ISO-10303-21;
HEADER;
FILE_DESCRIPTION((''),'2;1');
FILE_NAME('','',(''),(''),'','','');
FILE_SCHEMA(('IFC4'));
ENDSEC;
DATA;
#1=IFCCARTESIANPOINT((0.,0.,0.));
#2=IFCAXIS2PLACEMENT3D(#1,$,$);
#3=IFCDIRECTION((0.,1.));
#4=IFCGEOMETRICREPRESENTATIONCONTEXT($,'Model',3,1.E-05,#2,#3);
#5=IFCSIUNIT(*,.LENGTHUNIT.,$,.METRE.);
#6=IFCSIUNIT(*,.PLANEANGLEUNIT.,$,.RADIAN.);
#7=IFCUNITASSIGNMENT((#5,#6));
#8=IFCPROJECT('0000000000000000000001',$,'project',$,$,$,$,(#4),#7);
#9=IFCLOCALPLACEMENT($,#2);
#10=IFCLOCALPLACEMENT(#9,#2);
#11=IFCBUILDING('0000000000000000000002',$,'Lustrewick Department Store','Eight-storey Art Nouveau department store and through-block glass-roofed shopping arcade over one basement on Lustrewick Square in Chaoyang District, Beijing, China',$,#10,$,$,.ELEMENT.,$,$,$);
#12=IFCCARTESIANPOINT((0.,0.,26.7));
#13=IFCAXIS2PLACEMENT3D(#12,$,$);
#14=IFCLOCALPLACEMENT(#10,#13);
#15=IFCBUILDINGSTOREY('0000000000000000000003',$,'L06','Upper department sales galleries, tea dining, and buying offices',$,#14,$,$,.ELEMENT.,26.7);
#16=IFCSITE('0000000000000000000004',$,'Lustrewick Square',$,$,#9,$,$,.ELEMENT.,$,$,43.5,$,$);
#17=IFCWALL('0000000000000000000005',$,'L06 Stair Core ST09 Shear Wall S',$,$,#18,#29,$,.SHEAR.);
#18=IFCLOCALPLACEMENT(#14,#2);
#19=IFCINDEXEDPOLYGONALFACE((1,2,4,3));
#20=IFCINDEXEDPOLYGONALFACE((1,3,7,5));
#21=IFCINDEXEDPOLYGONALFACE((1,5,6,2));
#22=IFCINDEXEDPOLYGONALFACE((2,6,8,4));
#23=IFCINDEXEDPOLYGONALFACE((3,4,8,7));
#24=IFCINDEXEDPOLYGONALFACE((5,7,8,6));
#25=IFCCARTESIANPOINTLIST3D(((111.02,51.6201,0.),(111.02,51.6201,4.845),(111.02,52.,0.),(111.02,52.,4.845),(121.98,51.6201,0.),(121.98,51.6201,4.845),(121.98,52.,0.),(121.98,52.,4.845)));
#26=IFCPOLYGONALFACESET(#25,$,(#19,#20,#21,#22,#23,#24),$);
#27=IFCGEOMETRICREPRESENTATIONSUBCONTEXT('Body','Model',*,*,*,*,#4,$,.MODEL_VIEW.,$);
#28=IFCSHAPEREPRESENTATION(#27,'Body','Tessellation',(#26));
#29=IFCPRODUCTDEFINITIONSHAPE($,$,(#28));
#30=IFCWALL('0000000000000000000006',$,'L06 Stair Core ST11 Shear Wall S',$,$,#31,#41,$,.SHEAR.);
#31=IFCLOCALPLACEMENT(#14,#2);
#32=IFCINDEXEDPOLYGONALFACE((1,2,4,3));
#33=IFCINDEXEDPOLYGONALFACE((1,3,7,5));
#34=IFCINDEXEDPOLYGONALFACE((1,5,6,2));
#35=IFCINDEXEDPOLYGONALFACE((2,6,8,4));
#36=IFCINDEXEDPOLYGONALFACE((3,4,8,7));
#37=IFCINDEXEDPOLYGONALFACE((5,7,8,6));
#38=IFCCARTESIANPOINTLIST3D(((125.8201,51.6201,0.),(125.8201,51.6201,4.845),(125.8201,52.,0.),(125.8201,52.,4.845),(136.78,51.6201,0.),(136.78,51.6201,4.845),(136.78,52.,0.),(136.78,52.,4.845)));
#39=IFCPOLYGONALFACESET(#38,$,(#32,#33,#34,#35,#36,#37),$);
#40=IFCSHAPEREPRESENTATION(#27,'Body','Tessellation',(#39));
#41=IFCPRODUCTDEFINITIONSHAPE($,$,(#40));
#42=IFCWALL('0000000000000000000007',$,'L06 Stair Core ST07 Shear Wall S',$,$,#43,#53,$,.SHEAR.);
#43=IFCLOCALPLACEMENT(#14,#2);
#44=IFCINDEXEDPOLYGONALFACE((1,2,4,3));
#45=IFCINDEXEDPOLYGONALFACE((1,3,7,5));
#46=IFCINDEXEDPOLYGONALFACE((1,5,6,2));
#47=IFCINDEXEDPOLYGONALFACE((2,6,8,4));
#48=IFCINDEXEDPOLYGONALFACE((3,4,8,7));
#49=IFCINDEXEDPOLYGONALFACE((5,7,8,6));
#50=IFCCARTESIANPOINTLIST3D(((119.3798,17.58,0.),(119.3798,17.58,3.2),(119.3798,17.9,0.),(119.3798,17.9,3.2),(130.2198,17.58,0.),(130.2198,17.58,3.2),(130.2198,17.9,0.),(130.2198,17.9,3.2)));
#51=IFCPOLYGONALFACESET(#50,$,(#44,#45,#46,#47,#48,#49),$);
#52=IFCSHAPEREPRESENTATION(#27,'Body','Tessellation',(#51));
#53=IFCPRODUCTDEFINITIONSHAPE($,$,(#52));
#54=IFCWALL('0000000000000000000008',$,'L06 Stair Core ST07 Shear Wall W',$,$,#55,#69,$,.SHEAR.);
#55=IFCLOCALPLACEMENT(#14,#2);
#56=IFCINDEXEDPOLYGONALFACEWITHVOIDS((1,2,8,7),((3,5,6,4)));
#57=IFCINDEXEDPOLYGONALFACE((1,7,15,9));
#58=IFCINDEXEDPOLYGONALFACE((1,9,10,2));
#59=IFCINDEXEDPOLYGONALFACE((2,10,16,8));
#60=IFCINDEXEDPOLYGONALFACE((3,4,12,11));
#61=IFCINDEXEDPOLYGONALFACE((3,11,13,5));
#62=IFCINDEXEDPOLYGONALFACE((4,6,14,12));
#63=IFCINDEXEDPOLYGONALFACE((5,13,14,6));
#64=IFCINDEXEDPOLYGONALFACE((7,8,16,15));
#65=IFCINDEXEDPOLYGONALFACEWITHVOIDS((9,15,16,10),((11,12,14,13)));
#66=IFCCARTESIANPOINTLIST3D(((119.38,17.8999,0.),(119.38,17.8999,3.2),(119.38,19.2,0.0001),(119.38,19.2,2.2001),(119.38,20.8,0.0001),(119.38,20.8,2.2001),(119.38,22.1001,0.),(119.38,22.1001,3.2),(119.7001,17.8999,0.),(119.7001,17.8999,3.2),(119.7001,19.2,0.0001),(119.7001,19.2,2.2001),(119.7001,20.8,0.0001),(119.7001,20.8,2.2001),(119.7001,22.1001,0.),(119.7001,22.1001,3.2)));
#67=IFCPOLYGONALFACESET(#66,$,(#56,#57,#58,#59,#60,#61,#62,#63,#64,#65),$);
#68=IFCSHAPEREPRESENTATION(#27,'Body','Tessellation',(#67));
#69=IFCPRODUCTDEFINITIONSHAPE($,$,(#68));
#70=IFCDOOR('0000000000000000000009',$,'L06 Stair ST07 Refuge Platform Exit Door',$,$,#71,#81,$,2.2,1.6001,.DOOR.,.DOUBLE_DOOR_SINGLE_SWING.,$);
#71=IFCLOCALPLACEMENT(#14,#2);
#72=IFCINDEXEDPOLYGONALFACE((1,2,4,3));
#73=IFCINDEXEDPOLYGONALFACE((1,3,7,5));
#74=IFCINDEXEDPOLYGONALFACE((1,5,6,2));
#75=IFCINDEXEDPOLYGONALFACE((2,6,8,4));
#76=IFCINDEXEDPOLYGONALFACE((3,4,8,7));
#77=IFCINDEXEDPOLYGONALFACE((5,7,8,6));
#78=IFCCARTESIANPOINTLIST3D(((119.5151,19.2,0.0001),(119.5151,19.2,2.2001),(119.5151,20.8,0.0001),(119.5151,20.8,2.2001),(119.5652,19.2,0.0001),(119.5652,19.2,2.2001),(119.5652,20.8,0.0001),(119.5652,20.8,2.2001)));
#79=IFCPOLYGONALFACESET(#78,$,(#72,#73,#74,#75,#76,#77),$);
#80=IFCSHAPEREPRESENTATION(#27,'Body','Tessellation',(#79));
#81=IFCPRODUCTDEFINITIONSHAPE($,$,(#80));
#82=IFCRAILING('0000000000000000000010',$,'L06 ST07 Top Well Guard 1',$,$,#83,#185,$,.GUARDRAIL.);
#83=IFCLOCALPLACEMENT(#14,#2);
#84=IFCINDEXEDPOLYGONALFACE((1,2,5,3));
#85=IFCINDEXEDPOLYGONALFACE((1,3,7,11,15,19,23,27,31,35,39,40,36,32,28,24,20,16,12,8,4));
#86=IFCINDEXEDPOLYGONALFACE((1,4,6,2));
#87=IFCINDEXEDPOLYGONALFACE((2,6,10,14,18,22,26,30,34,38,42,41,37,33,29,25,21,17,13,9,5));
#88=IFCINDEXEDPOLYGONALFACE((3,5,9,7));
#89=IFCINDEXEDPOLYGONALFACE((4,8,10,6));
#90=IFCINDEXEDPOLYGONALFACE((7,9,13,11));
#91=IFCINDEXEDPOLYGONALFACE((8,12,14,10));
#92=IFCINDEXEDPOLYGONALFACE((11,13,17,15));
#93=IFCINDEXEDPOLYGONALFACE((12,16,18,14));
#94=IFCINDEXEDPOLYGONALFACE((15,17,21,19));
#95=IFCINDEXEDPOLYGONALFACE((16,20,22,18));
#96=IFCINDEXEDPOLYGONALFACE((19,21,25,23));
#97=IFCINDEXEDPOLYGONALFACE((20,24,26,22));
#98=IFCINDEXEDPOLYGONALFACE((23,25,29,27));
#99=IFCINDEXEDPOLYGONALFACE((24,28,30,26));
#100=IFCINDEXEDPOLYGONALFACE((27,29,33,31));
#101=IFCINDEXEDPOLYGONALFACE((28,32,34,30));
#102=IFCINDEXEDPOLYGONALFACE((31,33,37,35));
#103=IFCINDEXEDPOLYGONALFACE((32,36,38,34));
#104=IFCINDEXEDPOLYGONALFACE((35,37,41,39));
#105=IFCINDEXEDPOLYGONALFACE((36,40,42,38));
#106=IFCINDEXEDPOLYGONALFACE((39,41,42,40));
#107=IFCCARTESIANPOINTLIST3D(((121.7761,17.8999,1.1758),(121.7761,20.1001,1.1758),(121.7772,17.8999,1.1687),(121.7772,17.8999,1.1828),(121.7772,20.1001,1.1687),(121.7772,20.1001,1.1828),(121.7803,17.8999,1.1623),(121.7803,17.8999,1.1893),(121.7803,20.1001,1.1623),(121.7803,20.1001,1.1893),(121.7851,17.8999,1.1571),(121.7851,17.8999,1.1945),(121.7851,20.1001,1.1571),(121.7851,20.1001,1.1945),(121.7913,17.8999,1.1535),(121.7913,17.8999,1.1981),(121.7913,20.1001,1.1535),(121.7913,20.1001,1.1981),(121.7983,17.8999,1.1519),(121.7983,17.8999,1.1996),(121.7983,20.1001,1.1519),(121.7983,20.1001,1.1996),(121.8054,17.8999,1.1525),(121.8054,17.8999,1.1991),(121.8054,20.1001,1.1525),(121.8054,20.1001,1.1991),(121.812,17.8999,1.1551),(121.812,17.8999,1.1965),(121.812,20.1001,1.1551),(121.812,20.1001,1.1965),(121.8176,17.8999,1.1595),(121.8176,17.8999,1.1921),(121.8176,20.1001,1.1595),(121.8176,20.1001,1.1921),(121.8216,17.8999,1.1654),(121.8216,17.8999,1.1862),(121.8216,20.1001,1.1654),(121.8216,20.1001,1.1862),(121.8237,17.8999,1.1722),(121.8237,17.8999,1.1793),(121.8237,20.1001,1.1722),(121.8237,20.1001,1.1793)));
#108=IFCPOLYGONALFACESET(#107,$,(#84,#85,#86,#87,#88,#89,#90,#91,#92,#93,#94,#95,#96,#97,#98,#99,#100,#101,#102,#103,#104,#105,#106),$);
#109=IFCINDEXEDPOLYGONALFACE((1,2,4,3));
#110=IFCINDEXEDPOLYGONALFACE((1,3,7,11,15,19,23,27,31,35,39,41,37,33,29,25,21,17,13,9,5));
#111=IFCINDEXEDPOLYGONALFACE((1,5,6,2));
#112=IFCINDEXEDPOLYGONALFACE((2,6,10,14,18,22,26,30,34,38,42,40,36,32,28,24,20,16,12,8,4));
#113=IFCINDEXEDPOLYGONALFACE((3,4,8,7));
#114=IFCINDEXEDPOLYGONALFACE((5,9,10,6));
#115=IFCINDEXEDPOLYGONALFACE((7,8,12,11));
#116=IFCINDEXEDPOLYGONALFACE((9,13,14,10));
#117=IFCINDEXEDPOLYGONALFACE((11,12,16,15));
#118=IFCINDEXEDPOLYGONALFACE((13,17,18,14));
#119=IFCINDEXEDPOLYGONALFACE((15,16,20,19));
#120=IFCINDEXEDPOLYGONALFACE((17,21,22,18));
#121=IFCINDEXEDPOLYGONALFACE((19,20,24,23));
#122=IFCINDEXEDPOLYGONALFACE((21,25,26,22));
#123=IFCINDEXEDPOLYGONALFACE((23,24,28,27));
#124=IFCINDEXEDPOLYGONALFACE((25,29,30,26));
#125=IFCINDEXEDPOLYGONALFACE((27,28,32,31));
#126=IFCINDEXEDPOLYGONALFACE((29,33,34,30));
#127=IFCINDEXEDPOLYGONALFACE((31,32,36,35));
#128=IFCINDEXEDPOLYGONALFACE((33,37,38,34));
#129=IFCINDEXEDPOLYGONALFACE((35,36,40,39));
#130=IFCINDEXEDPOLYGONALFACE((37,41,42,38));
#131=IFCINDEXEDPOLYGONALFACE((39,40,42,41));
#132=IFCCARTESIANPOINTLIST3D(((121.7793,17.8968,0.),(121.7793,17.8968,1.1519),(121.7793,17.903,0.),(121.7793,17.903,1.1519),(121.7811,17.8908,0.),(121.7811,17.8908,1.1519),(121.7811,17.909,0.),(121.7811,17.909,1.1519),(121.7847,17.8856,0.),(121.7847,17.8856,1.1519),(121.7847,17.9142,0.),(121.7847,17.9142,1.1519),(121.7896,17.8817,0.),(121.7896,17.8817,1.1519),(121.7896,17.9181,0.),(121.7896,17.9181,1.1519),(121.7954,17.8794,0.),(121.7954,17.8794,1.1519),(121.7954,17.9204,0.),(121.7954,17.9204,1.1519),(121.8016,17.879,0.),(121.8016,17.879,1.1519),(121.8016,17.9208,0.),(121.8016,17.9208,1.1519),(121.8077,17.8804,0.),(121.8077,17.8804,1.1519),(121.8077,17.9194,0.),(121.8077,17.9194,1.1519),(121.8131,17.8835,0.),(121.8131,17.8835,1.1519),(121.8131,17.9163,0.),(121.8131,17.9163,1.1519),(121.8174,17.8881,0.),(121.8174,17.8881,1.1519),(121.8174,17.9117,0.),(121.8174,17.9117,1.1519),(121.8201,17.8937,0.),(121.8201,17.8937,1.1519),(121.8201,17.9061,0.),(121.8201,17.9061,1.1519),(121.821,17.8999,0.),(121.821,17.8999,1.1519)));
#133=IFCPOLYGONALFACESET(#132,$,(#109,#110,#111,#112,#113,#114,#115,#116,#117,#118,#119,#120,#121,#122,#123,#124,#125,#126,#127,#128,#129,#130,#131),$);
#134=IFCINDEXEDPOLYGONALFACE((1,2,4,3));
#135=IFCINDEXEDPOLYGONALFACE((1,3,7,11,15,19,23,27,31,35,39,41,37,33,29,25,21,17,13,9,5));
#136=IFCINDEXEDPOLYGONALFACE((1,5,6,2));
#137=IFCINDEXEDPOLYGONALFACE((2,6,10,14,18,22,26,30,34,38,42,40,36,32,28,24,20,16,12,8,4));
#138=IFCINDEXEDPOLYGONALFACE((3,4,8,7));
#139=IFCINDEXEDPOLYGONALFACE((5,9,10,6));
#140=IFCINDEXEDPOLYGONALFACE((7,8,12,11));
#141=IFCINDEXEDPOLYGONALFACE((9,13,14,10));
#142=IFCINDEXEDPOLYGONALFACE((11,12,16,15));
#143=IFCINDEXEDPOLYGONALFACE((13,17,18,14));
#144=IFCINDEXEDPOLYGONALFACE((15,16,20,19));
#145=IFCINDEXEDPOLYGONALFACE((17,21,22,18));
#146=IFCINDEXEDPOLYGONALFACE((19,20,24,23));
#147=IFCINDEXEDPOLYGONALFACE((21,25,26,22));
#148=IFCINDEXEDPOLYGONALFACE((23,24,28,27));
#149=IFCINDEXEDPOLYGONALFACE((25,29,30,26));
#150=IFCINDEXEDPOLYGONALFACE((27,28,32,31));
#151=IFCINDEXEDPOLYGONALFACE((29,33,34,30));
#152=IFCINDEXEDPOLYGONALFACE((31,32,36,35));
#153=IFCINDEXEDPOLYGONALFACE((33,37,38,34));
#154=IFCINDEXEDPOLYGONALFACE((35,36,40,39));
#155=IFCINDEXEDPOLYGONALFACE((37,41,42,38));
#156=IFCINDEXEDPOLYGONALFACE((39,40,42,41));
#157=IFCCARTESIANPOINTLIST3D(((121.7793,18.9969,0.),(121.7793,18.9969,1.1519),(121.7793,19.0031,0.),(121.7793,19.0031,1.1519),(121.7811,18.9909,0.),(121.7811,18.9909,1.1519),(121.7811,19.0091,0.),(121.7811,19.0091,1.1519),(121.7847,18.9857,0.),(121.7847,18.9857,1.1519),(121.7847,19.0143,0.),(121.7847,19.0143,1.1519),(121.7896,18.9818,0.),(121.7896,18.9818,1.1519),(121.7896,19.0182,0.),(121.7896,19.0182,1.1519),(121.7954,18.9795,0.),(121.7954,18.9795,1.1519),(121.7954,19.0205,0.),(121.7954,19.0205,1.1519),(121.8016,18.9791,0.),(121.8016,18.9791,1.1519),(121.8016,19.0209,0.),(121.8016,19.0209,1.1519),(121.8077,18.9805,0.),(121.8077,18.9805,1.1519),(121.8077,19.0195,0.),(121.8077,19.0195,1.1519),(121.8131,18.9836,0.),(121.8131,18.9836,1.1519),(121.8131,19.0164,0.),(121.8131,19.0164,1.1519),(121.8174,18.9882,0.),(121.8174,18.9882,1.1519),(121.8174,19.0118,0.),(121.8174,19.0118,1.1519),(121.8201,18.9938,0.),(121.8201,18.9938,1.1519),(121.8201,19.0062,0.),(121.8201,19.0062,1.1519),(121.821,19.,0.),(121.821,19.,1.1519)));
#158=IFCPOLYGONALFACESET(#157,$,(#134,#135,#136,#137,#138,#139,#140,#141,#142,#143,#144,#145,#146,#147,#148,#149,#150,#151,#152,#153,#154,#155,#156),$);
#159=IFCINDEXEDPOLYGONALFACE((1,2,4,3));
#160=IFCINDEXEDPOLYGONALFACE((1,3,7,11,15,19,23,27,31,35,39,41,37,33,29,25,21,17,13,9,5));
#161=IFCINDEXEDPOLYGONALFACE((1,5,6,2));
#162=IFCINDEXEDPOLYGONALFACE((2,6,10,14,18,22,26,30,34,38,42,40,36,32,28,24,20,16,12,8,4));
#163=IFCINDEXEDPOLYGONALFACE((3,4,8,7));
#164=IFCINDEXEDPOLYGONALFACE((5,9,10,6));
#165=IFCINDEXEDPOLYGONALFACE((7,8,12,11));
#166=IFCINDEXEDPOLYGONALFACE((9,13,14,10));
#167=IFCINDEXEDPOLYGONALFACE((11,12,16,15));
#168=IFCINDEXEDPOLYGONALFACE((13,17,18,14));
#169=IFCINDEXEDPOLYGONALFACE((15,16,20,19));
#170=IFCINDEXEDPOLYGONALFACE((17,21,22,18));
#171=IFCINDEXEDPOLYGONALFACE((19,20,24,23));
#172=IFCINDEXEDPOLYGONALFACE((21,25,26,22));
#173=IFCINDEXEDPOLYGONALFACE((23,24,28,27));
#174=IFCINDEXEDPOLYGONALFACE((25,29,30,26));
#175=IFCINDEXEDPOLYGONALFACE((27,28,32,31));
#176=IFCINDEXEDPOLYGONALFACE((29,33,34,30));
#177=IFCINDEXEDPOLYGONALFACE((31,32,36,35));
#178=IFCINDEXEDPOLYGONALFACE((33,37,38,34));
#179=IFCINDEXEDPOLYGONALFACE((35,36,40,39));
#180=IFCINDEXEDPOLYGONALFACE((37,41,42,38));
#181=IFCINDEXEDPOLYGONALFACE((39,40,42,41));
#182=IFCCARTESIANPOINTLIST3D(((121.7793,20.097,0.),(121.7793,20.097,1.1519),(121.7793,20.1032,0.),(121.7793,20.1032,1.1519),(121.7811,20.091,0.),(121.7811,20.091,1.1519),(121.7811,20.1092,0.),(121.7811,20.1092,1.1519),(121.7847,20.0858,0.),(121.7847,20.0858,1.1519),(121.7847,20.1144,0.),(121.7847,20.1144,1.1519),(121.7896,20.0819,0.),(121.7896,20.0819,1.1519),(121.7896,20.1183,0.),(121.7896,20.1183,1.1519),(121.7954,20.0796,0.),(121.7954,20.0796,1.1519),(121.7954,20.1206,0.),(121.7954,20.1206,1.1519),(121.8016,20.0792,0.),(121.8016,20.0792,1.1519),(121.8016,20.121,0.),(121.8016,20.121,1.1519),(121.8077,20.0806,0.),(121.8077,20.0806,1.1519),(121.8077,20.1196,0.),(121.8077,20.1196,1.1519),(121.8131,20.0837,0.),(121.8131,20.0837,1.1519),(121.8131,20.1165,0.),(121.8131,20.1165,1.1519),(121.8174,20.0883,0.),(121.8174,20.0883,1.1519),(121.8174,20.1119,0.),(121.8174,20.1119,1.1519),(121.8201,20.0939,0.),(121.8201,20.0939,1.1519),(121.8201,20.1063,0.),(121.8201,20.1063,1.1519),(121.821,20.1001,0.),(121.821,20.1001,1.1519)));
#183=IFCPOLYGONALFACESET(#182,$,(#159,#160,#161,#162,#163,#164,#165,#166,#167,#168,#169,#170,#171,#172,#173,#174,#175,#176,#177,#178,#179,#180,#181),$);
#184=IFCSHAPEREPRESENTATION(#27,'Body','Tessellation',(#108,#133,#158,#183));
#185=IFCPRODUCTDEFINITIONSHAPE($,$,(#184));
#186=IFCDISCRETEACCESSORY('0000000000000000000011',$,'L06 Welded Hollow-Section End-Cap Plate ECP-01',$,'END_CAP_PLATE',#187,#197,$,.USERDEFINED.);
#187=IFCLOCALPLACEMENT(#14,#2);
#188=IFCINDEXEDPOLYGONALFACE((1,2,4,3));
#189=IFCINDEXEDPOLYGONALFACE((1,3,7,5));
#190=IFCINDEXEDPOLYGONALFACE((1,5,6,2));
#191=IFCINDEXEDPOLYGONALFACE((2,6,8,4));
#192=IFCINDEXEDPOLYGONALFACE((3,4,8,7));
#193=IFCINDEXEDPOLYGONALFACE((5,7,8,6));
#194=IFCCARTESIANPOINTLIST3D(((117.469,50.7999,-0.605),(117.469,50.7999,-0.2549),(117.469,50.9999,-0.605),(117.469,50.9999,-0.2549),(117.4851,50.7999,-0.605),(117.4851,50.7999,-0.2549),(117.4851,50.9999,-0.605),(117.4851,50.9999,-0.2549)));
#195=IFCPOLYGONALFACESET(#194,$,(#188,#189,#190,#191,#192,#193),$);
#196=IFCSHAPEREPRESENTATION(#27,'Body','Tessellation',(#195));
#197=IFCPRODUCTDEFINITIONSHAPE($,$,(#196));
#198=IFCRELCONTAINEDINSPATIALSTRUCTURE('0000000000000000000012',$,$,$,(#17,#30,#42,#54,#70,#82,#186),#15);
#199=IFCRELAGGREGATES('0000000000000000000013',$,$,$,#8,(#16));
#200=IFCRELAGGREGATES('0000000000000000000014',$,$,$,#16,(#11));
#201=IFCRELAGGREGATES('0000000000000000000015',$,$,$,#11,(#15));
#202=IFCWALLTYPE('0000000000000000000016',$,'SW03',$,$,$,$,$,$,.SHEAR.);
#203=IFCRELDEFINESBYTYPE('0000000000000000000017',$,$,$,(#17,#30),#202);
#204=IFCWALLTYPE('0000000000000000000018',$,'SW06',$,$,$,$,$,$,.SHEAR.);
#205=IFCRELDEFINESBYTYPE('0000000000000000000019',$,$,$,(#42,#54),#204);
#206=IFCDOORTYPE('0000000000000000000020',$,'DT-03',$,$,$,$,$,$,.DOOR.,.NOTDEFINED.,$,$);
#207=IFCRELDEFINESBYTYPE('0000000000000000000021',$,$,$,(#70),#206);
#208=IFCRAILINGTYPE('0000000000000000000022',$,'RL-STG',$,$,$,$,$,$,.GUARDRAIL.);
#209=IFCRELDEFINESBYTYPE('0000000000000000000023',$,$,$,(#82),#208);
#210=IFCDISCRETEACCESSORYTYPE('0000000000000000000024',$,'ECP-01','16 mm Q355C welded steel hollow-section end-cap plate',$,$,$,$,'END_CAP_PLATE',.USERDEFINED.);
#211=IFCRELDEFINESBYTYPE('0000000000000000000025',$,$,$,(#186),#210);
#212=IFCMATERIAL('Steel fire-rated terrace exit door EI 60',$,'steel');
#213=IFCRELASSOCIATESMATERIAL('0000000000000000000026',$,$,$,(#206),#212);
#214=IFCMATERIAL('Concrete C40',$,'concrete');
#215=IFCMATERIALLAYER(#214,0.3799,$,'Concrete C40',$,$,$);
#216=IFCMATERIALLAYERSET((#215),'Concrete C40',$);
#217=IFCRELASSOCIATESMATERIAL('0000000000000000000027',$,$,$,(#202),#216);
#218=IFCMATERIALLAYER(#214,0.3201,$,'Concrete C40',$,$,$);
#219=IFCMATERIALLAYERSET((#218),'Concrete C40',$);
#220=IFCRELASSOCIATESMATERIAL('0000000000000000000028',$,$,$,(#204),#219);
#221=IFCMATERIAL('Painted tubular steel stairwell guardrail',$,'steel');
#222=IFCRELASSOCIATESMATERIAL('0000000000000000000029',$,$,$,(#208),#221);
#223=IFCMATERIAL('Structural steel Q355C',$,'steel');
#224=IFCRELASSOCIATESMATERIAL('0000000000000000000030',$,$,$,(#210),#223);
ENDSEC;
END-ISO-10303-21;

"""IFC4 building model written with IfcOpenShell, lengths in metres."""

from ifc_helpers import new_model, si_unit, direction, frame, frame_2d, origin, origin_2d, place, context, subcontext, project, spatial, rectangle, circle, extrude, material, layer, layer_set, type_object, element, fill, save


model = new_model("IFC4")

# Units and contexts
model_context = context("Model", 3, precision=1e-05, world=origin(), true_north=direction((0.0, 1.0)))
body_context = subcontext(model_context, "Body", "Model", "MODEL_VIEW")
ifc_project = project(units=[si_unit("LENGTHUNIT", "METRE"), si_unit("PLANEANGLEUNIT", "RADIAN")], contexts=[model_context])

# Site, building, storey
site_placement = place(None, origin())
site = spatial("IfcSite", under=ifc_project, at=site_placement, Name="Lustrewick Square", CompositionType="ELEMENT", RefElevation=43.5)
building_placement = place(site_placement, origin())
building = spatial("IfcBuilding", under=site, at=building_placement, Name="Lustrewick Department Store", Description="Eight-storey Art Nouveau department store and through-block glass-roofed shopping arcade over one basement on Lustrewick Square in Chaoyang District, Beijing, China", CompositionType="ELEMENT")
storey_placement = place(building_placement, frame((0.0, 0.0, 26.7)))
storey = spatial("IfcBuildingStorey", under=building, at=storey_placement, Name="L06", Description="Upper department sales galleries, tea dining, and buying offices", CompositionType="ELEMENT", Elevation=26.7)

# Shared definitions
ifc_material_1 = material(Name="Structural steel Q355C", Category="steel")

# Shared definitions
ifc_material_2 = material(Name="Steel fire-rated terrace exit door EI 60", Category="steel")
door_type = type_object("IfcDoorType", Name="DT-03", OperationType="NOTDEFINED", PredefinedType="DOOR", material=ifc_material_2)

# Walls
ifc_material_3 = material(Name="Concrete C40", Category="concrete")
ifc_layer_1 = layer(ifc_material_3, 0.3799, Name="Concrete C40")
ifc_layer_set_1 = layer_set([ifc_layer_1], Name="Concrete C40")
wall_type_1 = type_object("IfcWallType", Name="SW03", PredefinedType="SHEAR", material=ifc_layer_set_1)
for number, where, z_axis, x_axis, name in (
    (1, (111.02, 51.8101, 0.0), (0.0, 0.0, 1.0), (1.0, 0.0, 0.0), "L06 Stair Core ST09 Shear Wall S"),
    (2, (125.8201, 51.8101, 0.0), (0.0, 0.0, 1.0), (1.0, 0.0, 0.0), "L06 Stair Core ST11 Shear Wall S"),
):
    element("IfcWall", number, at=place(storey_placement, frame(where, z_axis=z_axis, x_axis=x_axis)), inside=storey, type_object=wall_type_1, Name=name, PredefinedType="SHEAR", context=body_context, shape_type="SweptSolid", body=[
        extrude(rectangle(XDim=10.96, YDim=0.3799, at=frame_2d((5.48, 0.0))), origin(), (0.0, 0.0, 1.0), 4.845),
    ])
ifc_layer_2 = layer(ifc_material_3, 0.3201, Name="Concrete C40")
ifc_layer_set_2 = layer_set([ifc_layer_2], Name="Concrete C40")
wall_type_2 = type_object("IfcWallType", Name="SW06", PredefinedType="SHEAR", material=ifc_layer_set_2)
wall_1_placement = place(storey_placement, frame((119.3799, 17.74, 0.0), z_axis=(0.0, 0.0, 1.0), x_axis=(1.0, 0.0, 0.0)))
element("IfcWall", 3, at=wall_1_placement, inside=storey, type_object=wall_type_2, Name="L06 Stair Core ST07 Shear Wall S", PredefinedType="SHEAR", context=body_context, shape_type="SweptSolid", body=[
    extrude(rectangle(XDim=10.8401, YDim=0.3201, at=frame_2d((5.4199, 0.0))), origin(), (0.0, 0.0, 1.0), 3.2),
])

# Wall, opening, door
wall_2_placement = place(storey_placement, frame((119.54, 22.1001, 0.0), z_axis=(0.0, 0.0, 1.0), x_axis=(0.0, -1.0, 0.0)))
wall_2 = element("IfcWall", 4, at=wall_2_placement, inside=storey, type_object=wall_type_2, Name="L06 Stair Core ST07 Shear Wall W", PredefinedType="SHEAR", context=body_context, shape_type="SweptSolid", body=[
    extrude(rectangle(XDim=4.2002, YDim=0.3201, at=frame_2d((2.1001, 0.0))), origin(), (0.0, 0.0, 1.0), 3.2),
])
opening_1_placement = place(wall_2_placement, frame((1.3, 0.0, 0.0)))
opening_1 = element("IfcOpeningElement", 5, at=opening_1_placement, cuts=wall_2, PredefinedType="OPENING", context=body_context, shape_type="SweptSolid", body=[
    extrude(rectangle(XDim=1.6001, YDim=2.2, at=frame_2d((0.8, 1.1001))), frame((0.0, 0.1699, 0.0), z_axis=(0.0, -1.0, 0.0), x_axis=(1.0, 0.0, 0.0)), (0.0, 0.0, 1.0), 0.3401),
])
door_1_placement = place(opening_1_placement, frame((1.6001, 0.0, 0.0), z_axis=(0.0, 0.0, 1.0), x_axis=(-1.0, 0.0, 0.0)))
door_1 = element("IfcDoor", 6, at=door_1_placement, inside=storey, type_object=door_type, Name="L06 Stair ST07 Refuge Platform Exit Door", OperationType="DOUBLE_DOOR_SINGLE_SWING", OverallHeight=2.2, OverallWidth=1.6001, PredefinedType="DOOR", context=body_context, shape_type="SweptSolid", body=[
    extrude(rectangle(XDim=1.6001, YDim=2.2, at=frame_2d((0.8, 1.1001))), frame((0.0, 0.0249, 0.0), z_axis=(0.0, -1.0, 0.0), x_axis=(1.0, 0.0, 0.0)), (0.0, 0.0, 1.0), 0.05),
])
fill(opening_1, door_1)

# Railing
ifc_material_4 = material(Name="Painted tubular steel stairwell guardrail", Category="steel")
railing_type_1 = type_object("IfcRailingType", Name="RL-STG", PredefinedType="GUARDRAIL", material=ifc_material_4)
railing_1_placement = place(storey_placement, frame((121.8, 17.8999, 0.0)))
element("IfcRailing", 7, at=railing_1_placement, inside=storey, type_object=railing_type_1, Name="L06 ST07 Top Well Guard 1", PredefinedType="GUARDRAIL", context=body_context, shape_type="SweptSolid", body=[
    extrude(circle(Radius=0.0239, at=origin_2d()), frame((0.0, 0.0, 1.1758), z_axis=(0.0, 1.0, 0.0), x_axis=(-1.0, 0.0, 0.0)), (0.0, 0.0, 1.0), 2.2002),
    extrude(circle(Radius=0.021, at=origin_2d()), origin(), (0.0, 0.0, 1.0), 1.1519),
    extrude(circle(Radius=0.021, at=origin_2d()), frame((0.0, 1.1001, 0.0)), (0.0, 0.0, 1.0), 1.1519),
    extrude(circle(Radius=0.021, at=origin_2d()), frame((0.0, 2.2002, 0.0)), (0.0, 0.0, 1.0), 1.1519),
])

# Discrete accessory
discrete_accessory_type = type_object("IfcDiscreteAccessoryType", Name="ECP-01", Description="16 mm Q355C welded steel hollow-section end-cap plate", ElementType="END_CAP_PLATE", PredefinedType="USERDEFINED", material=ifc_material_1)
for number, where, z_axis, x_axis, name in (
    (8, (117.469, 50.8999, -0.4299), (1.0, 0.0, 0.0), (0.0, 1.0, 0.0), "L06 Welded Hollow-Section End-Cap Plate ECP-01"),
):
    element("IfcDiscreteAccessory", number, at=place(storey_placement, frame(where, z_axis=z_axis, x_axis=x_axis)), inside=storey, type_object=discrete_accessory_type, Name=name, ObjectType="END_CAP_PLATE", PredefinedType="USERDEFINED", context=body_context, shape_type="SweptSolid", body=[
        extrude(rectangle(XDim=0.2, YDim=0.3501, at=origin_2d()), origin(), (0.0, 0.0, 1.0), 0.0161),
    ])

save(model, "model.ifc")
